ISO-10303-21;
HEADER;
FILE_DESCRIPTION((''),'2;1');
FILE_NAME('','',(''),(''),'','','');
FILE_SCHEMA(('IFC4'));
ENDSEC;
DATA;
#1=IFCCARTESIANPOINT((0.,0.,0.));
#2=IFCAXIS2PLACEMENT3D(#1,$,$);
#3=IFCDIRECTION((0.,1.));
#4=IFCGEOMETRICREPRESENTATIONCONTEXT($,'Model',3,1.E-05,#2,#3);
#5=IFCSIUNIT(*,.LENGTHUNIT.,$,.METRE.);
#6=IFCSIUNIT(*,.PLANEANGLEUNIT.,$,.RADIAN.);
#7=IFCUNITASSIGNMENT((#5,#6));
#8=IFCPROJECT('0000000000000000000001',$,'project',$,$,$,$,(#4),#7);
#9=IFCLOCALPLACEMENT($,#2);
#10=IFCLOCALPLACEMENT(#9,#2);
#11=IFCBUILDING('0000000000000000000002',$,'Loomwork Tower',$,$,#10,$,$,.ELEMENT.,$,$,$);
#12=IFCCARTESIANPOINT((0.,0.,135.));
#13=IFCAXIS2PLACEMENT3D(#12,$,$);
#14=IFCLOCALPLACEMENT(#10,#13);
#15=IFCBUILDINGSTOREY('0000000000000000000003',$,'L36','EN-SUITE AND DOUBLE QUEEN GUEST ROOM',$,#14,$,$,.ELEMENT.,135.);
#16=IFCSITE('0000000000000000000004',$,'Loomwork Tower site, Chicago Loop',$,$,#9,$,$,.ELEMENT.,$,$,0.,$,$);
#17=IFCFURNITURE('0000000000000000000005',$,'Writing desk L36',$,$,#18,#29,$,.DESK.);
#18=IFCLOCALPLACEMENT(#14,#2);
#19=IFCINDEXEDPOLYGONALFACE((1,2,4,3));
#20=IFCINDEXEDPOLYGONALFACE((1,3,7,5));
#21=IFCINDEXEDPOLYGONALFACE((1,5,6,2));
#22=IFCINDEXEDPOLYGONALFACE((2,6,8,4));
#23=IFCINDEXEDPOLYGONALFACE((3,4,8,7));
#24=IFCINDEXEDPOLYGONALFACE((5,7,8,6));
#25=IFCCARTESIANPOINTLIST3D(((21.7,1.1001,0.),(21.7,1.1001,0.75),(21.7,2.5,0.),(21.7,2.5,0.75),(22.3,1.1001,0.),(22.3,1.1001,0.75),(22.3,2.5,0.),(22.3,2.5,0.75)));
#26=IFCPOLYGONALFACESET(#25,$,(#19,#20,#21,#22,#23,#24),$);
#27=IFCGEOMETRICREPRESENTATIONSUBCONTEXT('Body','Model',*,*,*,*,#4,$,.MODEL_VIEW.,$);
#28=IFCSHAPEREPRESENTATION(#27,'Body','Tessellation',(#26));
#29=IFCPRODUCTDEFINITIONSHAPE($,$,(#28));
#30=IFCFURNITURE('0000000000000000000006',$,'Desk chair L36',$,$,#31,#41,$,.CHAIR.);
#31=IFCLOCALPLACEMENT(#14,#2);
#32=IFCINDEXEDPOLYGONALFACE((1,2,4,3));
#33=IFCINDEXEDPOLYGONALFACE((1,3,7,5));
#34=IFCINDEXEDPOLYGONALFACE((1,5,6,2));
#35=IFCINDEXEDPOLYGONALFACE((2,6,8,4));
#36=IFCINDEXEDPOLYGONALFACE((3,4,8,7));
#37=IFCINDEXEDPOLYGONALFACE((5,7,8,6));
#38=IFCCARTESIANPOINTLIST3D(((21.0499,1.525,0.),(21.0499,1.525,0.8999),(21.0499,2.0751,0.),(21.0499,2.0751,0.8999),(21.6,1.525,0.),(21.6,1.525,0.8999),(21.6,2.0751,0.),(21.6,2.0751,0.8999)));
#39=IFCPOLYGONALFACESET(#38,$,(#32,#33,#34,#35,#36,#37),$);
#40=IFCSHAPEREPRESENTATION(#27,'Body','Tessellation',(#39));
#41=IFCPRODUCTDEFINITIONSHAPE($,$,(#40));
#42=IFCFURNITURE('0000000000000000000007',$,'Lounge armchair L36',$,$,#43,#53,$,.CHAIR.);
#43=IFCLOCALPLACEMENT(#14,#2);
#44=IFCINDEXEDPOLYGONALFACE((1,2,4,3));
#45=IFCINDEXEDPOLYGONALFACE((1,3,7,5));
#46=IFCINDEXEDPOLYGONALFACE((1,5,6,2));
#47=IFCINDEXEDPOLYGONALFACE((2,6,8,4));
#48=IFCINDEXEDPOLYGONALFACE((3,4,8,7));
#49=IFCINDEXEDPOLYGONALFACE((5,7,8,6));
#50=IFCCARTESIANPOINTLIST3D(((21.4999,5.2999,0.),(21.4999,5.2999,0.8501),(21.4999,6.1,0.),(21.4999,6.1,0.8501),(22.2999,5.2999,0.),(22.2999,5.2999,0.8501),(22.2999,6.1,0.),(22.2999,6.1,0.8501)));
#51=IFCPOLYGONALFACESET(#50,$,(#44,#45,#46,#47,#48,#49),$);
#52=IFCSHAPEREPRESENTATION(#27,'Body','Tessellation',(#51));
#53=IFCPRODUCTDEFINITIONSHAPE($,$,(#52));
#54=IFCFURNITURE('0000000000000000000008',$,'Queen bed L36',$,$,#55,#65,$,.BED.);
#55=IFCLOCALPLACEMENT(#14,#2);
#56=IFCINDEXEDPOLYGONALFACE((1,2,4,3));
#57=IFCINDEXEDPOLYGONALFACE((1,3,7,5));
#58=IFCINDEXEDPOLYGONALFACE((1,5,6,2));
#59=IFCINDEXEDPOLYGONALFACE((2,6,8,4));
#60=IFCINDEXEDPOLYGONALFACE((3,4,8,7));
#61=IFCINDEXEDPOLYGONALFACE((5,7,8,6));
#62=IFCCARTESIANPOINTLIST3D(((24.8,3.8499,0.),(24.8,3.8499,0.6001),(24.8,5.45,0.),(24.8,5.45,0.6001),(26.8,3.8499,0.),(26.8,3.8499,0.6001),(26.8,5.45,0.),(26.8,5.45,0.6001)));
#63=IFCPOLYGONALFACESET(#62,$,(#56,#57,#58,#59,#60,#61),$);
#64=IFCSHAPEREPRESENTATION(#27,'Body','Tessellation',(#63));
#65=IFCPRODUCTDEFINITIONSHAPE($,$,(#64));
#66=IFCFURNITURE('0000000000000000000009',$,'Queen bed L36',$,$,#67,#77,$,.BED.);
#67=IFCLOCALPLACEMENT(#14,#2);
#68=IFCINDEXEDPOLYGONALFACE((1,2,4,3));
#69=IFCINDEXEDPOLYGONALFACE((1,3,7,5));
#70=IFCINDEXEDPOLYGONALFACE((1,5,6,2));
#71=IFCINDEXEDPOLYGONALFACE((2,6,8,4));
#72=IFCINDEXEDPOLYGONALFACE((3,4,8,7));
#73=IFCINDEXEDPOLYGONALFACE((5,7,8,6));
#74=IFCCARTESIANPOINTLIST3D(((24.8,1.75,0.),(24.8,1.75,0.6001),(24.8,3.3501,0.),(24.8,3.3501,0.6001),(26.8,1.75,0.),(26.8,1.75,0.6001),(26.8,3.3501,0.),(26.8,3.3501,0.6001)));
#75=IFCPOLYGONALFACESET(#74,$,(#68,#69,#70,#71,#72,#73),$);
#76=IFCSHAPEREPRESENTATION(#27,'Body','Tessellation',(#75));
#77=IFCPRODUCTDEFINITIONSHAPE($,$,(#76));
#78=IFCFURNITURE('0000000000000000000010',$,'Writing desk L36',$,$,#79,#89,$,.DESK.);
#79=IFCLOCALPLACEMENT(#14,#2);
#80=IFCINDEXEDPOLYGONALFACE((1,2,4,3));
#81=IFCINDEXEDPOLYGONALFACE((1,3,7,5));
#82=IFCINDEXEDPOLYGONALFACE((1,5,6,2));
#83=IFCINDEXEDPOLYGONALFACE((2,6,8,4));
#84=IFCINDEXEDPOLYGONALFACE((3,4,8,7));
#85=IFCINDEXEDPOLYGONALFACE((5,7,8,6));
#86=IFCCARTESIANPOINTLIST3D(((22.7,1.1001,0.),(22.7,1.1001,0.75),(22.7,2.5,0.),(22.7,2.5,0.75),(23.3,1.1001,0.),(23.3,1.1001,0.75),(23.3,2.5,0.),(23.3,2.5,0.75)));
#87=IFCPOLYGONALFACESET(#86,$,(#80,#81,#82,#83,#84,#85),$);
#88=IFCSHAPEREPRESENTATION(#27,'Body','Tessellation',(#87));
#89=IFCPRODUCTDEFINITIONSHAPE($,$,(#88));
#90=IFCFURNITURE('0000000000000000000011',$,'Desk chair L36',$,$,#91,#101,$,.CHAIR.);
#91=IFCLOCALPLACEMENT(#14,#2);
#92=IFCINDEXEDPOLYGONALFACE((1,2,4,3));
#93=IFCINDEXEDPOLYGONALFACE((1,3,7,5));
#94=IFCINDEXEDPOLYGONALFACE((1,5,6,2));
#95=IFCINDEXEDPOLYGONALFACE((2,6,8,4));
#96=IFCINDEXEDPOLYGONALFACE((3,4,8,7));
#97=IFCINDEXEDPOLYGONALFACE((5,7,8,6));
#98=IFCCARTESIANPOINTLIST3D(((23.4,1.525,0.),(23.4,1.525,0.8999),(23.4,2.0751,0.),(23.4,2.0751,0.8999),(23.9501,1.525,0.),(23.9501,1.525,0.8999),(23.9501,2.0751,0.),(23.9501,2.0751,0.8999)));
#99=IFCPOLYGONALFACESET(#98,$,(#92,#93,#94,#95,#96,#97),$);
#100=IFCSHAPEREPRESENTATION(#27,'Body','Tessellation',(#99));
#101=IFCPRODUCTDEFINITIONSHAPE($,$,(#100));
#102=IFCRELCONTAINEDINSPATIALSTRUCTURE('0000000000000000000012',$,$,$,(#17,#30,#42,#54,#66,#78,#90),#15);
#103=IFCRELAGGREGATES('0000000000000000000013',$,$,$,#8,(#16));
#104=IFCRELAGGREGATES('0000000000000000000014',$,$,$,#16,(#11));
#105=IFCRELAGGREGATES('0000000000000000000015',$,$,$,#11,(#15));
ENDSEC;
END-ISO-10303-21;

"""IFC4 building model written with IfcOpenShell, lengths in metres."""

from ifc_helpers import new_model, si_unit, direction, frame, origin, origin_2d, place, context, subcontext, project, spatial, rectangle, extrude, element, save


model = new_model("IFC4")

# Units and contexts
model_context = context("Model", 3, precision=1e-05, world=origin(), true_north=direction((0.0, 1.0)))
body_context = subcontext(model_context, "Body", "Model", "MODEL_VIEW")
ifc_project = project(units=[si_unit("LENGTHUNIT", "METRE"), si_unit("PLANEANGLEUNIT", "RADIAN")], contexts=[model_context])

# Site, building, storey
site_placement = place(None, origin())
site = spatial("IfcSite", under=ifc_project, at=site_placement, Name="Loomwork Tower site, Chicago Loop", CompositionType="ELEMENT", RefElevation=0.0)
building_placement = place(site_placement, origin())
building = spatial("IfcBuilding", under=site, at=building_placement, Name="Loomwork Tower", CompositionType="ELEMENT")
storey_placement = place(building_placement, frame((0.0, 0.0, 135.0)))
storey = spatial("IfcBuildingStorey", under=building, at=storey_placement, Name="L36", Description="EN-SUITE AND DOUBLE QUEEN GUEST ROOM", CompositionType="ELEMENT", Elevation=135.0)

# Furniture
furniture_1_placement = place(storey_placement, frame((22.0, 1.8, 0.0), z_axis=(0.0, 0.0, 1.0), x_axis=(1.0, 0.0, 0.0)))
element("IfcFurniture", 1, at=furniture_1_placement, inside=storey, Name="Writing desk L36", PredefinedType="DESK", context=body_context, shape_type="SweptSolid", body=[
    extrude(rectangle(XDim=0.6001, YDim=1.3999, at=origin_2d()), origin(), (0.0, 0.0, 1.0), 0.75),
])
furniture_2_placement = place(storey_placement, frame((21.325, 1.8, 0.0), z_axis=(0.0, 0.0, 1.0), x_axis=(1.0, 0.0, 0.0)))
element("IfcFurniture", 2, at=furniture_2_placement, inside=storey, Name="Desk chair L36", PredefinedType="CHAIR", context=body_context, shape_type="SweptSolid", body=[
    extrude(rectangle(XDim=0.55, YDim=0.55, at=origin_2d()), origin(), (0.0, 0.0, 1.0), 0.8999),
])
furniture_3_placement = place(storey_placement, frame((21.8999, 5.7, 0.0), z_axis=(0.0, 0.0, 1.0), x_axis=(1.0, 0.0, 0.0)))
element("IfcFurniture", 3, at=furniture_3_placement, inside=storey, Name="Lounge armchair L36", PredefinedType="CHAIR", context=body_context, shape_type="SweptSolid", body=[
    extrude(rectangle(XDim=0.8, YDim=0.8, at=origin_2d()), origin(), (0.0, 0.0, 1.0), 0.8501),
])
for number, where, z_axis, x_axis, name in (
    (4, (25.8, 4.6499, 0.0), (0.0, 0.0, 1.0), (1.0, 0.0, 0.0), "Queen bed L36"),
    (5, (25.8, 2.55, 0.0), (0.0, 0.0, 1.0), (1.0, 0.0, 0.0), "Queen bed L36"),
):
    element("IfcFurniture", number, at=place(storey_placement, frame(where, z_axis=z_axis, x_axis=x_axis)), inside=storey, Name=name, PredefinedType="BED", context=body_context, shape_type="SweptSolid", body=[
        extrude(rectangle(XDim=2.0, YDim=1.6001, at=origin_2d()), origin(), (0.0, 0.0, 1.0), 0.6001),
    ])
furniture_4_placement = place(storey_placement, frame((23.0, 1.8, 0.0), z_axis=(0.0, 0.0, 1.0), x_axis=(1.0, 0.0, 0.0)))
element("IfcFurniture", 6, at=furniture_4_placement, inside=storey, Name="Writing desk L36", PredefinedType="DESK", context=body_context, shape_type="SweptSolid", body=[
    extrude(rectangle(XDim=0.6001, YDim=1.3999, at=origin_2d()), origin(), (0.0, 0.0, 1.0), 0.75),
])
furniture_5_placement = place(storey_placement, frame((23.675, 1.8, 0.0), z_axis=(0.0, 0.0, 1.0), x_axis=(1.0, 0.0, 0.0)))
element("IfcFurniture", 7, at=furniture_5_placement, inside=storey, Name="Desk chair L36", PredefinedType="CHAIR", context=body_context, shape_type="SweptSolid", body=[
    extrude(rectangle(XDim=0.55, YDim=0.55, at=origin_2d()), origin(), (0.0, 0.0, 1.0), 0.8999),
])

save(model, "model.ifc")
